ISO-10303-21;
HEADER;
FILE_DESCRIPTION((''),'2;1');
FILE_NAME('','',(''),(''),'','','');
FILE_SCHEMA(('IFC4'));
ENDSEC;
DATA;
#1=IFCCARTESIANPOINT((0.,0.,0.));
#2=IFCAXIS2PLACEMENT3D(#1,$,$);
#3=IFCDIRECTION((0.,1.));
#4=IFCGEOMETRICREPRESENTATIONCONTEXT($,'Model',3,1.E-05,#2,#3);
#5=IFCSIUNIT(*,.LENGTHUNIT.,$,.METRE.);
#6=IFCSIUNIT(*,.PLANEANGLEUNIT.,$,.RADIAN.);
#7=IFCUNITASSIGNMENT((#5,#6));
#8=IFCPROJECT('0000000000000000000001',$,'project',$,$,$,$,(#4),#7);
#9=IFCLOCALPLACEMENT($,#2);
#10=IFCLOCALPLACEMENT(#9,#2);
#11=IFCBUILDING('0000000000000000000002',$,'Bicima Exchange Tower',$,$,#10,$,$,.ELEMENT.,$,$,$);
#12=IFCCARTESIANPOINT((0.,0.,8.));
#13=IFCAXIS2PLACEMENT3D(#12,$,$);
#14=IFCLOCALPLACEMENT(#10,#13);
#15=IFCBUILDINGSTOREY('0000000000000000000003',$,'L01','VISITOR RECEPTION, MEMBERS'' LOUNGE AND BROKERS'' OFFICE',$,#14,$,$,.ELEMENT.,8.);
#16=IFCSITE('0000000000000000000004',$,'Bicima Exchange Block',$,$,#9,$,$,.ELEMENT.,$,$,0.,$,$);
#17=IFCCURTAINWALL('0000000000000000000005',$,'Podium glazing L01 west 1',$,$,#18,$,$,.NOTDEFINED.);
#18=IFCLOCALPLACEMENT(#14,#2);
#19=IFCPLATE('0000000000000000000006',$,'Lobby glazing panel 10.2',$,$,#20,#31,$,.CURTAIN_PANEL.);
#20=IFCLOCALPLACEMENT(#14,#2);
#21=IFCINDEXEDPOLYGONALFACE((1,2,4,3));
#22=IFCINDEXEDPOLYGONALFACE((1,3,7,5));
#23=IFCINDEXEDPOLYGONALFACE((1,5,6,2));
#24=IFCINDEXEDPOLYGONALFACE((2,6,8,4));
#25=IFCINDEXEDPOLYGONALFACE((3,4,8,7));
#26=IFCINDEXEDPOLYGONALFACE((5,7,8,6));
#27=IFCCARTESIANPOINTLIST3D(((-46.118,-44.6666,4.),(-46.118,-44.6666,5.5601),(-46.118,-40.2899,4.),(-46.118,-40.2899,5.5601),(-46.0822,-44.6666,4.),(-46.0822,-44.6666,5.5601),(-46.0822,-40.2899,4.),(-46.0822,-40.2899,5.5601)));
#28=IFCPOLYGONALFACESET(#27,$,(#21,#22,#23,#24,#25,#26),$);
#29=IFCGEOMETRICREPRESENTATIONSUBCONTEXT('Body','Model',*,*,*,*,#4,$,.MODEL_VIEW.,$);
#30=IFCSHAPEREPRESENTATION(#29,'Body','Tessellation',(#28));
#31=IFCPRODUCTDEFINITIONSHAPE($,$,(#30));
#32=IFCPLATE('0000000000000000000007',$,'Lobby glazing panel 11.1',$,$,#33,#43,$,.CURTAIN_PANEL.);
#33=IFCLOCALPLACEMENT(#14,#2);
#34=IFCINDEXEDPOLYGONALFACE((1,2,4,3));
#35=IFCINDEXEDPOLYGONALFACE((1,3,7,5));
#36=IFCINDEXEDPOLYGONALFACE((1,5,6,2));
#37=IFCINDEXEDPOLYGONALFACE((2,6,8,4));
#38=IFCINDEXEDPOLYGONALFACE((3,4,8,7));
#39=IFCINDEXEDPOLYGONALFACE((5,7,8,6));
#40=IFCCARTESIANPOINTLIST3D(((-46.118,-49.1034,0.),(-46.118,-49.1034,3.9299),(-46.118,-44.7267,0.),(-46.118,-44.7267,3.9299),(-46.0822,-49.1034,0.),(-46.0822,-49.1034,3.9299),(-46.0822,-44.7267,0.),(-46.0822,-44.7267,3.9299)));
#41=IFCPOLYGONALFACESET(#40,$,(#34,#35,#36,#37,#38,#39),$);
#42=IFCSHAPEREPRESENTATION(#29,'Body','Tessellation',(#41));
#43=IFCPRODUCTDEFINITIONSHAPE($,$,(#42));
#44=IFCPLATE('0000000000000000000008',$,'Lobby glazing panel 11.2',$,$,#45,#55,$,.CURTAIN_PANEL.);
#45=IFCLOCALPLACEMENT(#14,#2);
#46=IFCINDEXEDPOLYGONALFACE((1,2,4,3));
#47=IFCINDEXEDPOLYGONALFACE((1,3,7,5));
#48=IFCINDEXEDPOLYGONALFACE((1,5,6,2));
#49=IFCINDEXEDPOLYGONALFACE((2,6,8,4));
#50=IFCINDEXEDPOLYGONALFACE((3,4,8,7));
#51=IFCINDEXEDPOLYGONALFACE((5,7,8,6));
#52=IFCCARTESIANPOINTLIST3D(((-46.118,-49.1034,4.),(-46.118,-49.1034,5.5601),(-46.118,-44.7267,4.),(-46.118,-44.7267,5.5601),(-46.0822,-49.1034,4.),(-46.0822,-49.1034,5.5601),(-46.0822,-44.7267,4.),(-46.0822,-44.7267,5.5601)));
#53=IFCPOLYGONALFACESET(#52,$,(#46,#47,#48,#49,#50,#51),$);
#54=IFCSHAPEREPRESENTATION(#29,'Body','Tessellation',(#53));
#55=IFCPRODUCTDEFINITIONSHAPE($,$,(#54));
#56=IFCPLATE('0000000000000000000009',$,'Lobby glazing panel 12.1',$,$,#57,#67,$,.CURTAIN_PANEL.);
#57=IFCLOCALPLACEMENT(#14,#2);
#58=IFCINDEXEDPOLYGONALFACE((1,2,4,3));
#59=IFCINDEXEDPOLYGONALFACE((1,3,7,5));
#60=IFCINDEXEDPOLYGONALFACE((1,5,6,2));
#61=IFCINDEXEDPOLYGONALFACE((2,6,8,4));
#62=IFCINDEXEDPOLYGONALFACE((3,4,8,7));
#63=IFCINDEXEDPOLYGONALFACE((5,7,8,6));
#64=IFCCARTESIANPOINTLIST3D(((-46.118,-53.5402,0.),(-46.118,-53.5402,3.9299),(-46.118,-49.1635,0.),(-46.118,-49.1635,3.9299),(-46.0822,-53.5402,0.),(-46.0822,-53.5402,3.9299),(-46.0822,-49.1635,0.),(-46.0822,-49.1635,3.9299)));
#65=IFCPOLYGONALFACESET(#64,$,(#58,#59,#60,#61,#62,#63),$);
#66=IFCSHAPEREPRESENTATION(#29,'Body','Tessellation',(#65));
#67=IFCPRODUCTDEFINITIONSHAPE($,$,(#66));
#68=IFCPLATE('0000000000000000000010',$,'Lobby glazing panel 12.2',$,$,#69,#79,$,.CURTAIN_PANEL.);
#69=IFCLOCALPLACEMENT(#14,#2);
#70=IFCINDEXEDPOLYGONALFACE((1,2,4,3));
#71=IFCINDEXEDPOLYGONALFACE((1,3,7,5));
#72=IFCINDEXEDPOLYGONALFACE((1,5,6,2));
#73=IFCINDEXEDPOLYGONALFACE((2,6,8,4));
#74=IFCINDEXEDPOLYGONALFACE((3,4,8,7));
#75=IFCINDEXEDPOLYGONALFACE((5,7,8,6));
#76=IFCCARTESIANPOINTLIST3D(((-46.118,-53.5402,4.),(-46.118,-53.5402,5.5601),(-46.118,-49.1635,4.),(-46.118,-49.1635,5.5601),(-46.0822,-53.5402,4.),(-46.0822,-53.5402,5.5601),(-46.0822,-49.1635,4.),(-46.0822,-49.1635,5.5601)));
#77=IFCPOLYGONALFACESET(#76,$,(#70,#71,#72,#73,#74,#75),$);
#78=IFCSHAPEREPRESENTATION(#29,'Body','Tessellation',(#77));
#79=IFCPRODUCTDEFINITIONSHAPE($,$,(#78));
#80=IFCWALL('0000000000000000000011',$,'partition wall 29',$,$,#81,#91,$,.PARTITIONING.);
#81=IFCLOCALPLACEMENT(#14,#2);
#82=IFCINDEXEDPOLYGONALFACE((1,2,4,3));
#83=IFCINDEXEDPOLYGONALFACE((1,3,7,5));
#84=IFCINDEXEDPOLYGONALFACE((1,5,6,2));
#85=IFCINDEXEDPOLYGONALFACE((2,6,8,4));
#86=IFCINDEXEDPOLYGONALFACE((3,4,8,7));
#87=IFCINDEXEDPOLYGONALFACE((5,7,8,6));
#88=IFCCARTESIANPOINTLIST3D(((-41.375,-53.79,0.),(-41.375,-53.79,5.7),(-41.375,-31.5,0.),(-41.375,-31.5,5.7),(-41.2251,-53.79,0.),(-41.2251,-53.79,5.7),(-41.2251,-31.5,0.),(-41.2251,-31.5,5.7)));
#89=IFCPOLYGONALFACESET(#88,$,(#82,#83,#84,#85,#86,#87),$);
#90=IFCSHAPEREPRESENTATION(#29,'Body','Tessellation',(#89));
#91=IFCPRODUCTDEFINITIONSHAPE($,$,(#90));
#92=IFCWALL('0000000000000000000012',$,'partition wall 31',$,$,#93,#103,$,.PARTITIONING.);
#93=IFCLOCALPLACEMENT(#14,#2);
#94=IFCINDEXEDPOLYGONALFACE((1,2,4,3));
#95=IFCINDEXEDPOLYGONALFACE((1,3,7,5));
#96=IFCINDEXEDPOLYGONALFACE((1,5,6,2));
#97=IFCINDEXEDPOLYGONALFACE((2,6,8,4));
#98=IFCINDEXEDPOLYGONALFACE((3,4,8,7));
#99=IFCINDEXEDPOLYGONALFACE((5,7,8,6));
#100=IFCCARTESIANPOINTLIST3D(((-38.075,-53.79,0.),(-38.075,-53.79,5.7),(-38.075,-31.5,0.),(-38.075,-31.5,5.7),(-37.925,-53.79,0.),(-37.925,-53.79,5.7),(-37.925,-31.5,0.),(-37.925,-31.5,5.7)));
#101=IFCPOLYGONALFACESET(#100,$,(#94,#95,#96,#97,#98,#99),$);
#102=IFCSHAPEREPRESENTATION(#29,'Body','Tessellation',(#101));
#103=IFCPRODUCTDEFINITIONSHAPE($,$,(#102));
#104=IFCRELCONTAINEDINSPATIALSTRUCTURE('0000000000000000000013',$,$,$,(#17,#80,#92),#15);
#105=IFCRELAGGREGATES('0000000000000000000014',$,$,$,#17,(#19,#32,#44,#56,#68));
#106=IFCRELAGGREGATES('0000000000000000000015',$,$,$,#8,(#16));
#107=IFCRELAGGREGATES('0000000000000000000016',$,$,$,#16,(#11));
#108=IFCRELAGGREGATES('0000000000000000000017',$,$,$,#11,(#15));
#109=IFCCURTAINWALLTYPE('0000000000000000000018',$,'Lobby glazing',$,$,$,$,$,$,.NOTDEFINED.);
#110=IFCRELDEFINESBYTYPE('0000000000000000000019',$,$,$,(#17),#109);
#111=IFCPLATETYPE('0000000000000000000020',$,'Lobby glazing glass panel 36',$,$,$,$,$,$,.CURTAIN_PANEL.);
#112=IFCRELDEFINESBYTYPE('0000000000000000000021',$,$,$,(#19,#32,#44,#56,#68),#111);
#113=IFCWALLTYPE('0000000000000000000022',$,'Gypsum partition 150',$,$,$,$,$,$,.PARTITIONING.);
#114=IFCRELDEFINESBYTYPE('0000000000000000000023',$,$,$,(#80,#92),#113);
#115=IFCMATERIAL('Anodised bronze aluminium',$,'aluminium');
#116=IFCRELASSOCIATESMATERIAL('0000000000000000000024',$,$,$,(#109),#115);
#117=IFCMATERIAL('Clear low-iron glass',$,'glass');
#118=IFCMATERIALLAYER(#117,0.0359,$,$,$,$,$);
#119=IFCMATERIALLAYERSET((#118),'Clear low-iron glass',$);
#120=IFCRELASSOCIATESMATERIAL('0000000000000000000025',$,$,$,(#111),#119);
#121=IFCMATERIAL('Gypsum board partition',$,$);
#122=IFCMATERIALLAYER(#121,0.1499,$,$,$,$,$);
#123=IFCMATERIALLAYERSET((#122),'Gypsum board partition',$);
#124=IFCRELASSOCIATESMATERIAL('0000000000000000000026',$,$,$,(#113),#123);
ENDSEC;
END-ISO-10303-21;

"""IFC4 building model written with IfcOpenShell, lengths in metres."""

from ifc_helpers import new_model, si_unit, direction, frame, frame_2d, origin, origin_2d, place, context, subcontext, project, spatial, rectangle, extrude, material, layer, layer_set, type_object, element, aggregate, save


model = new_model("IFC4")

# Units and contexts
model_context = context("Model", 3, precision=1e-05, world=origin(), true_north=direction((0.0, 1.0)))
body_context = subcontext(model_context, "Body", "Model", "MODEL_VIEW")
ifc_project = project(units=[si_unit("LENGTHUNIT", "METRE"), si_unit("PLANEANGLEUNIT", "RADIAN")], contexts=[model_context])

# Site, building, storey
site_placement = place(None, origin())
site = spatial("IfcSite", under=ifc_project, at=site_placement, Name="Bicima Exchange Block", CompositionType="ELEMENT", RefElevation=0.0)
building_placement = place(site_placement, origin())
building = spatial("IfcBuilding", under=site, at=building_placement, Name="Bicima Exchange Tower", CompositionType="ELEMENT")
storey_placement = place(building_placement, frame((0.0, 0.0, 8.0)))
storey = spatial("IfcBuildingStorey", under=building, at=storey_placement, Name="L01", Description="VISITOR RECEPTION, MEMBERS' LOUNGE AND BROKERS' OFFICE", CompositionType="ELEMENT", Elevation=8.0)

# Curtain wall
ifc_material_1 = material(Name="Anodised bronze aluminium", Category="aluminium")
curtain_wall_type_1 = type_object("IfcCurtainWallType", Name="Lobby glazing", PredefinedType="NOTDEFINED", material=ifc_material_1)
curtain_wall_1_placement = place(storey_placement, origin())
curtain_wall_1 = element("IfcCurtainWall", 1, at=curtain_wall_1_placement, inside=storey, type_object=curtain_wall_type_1, Name="Podium glazing L01 west 1", PredefinedType="NOTDEFINED")

# Plates
ifc_material_2 = material(Name="Clear low-iron glass", Category="glass")
ifc_layer_1 = layer(ifc_material_2, 0.0359)
ifc_layer_set_1 = layer_set([ifc_layer_1], Name="Clear low-iron glass")
plate_type_1 = type_object("IfcPlateType", Name="Lobby glazing glass panel 36", PredefinedType="CURTAIN_PANEL", material=ifc_layer_set_1)
plate_1_placement = place(storey_placement, frame((-46.1001, -42.4783, 4.0), z_axis=(0.0, 0.0, 1.0), x_axis=(0.0, -1.0, 0.0)))
plate_1 = element("IfcPlate", 2, at=plate_1_placement, type_object=plate_type_1, Name="Lobby glazing panel 10.2", PredefinedType="CURTAIN_PANEL", context=body_context, shape_type="SweptSolid", body=[
    extrude(rectangle(XDim=4.3767, YDim=0.0359, at=origin_2d()), origin(), (0.0, 0.0, 1.0), 1.5601),
])
plate_2_placement = place(storey_placement, frame((-46.1001, -46.915, 0.0), z_axis=(0.0, 0.0, 1.0), x_axis=(0.0, -1.0, 0.0)))
plate_2 = element("IfcPlate", 3, at=plate_2_placement, type_object=plate_type_1, Name="Lobby glazing panel 11.1", PredefinedType="CURTAIN_PANEL", context=body_context, shape_type="SweptSolid", body=[
    extrude(rectangle(XDim=4.3767, YDim=0.0359, at=origin_2d()), origin(), (0.0, 0.0, 1.0), 3.9299),
])
plate_3_placement = place(storey_placement, frame((-46.1001, -46.915, 4.0), z_axis=(0.0, 0.0, 1.0), x_axis=(0.0, -1.0, 0.0)))
plate_3 = element("IfcPlate", 4, at=plate_3_placement, type_object=plate_type_1, Name="Lobby glazing panel 11.2", PredefinedType="CURTAIN_PANEL", context=body_context, shape_type="SweptSolid", body=[
    extrude(rectangle(XDim=4.3767, YDim=0.0359, at=origin_2d()), origin(), (0.0, 0.0, 1.0), 1.5601),
])
plate_4_placement = place(storey_placement, frame((-46.1001, -51.3518, 0.0), z_axis=(0.0, 0.0, 1.0), x_axis=(0.0, -1.0, 0.0)))
plate_4 = element("IfcPlate", 5, at=plate_4_placement, type_object=plate_type_1, Name="Lobby glazing panel 12.1", PredefinedType="CURTAIN_PANEL", context=body_context, shape_type="SweptSolid", body=[
    extrude(rectangle(XDim=4.3767, YDim=0.0359, at=origin_2d()), origin(), (0.0, 0.0, 1.0), 3.9299),
])
plate_5_placement = place(storey_placement, frame((-46.1001, -51.3518, 4.0), z_axis=(0.0, 0.0, 1.0), x_axis=(0.0, -1.0, 0.0)))
plate_5 = element("IfcPlate", 6, at=plate_5_placement, type_object=plate_type_1, Name="Lobby glazing panel 12.2", PredefinedType="CURTAIN_PANEL", context=body_context, shape_type="SweptSolid", body=[
    extrude(rectangle(XDim=4.3767, YDim=0.0359, at=origin_2d()), origin(), (0.0, 0.0, 1.0), 1.5601),
])
aggregate(curtain_wall_1, [plate_1, plate_2, plate_3, plate_4, plate_5])

# Walls
ifc_material_3 = material(Name="Gypsum board partition")
ifc_layer_2 = layer(ifc_material_3, 0.1499)
ifc_layer_set_2 = layer_set([ifc_layer_2], Name="Gypsum board partition")
wall_type = type_object("IfcWallType", Name="Gypsum partition 150", PredefinedType="PARTITIONING", material=ifc_layer_set_2)
for number, where, z_axis, x_axis, name in (
    (7, (-41.3, -53.79, 0.0), (0.0, 0.0, 1.0), (0.0, 1.0, 0.0), "partition wall 29"),
    (8, (-38.0, -53.79, 0.0), (0.0, 0.0, 1.0), (0.0, 1.0, 0.0), "partition wall 31"),
):
    element("IfcWall", number, at=place(storey_placement, frame(where, z_axis=z_axis, x_axis=x_axis)), inside=storey, type_object=wall_type, Name=name, PredefinedType="PARTITIONING", context=body_context, shape_type="SweptSolid", body=[
        extrude(rectangle(XDim=22.29, YDim=0.1499, at=frame_2d((11.145, 0.0))), origin(), (0.0, 0.0, 1.0), 5.7),
    ])

save(model, "model.ifc")
